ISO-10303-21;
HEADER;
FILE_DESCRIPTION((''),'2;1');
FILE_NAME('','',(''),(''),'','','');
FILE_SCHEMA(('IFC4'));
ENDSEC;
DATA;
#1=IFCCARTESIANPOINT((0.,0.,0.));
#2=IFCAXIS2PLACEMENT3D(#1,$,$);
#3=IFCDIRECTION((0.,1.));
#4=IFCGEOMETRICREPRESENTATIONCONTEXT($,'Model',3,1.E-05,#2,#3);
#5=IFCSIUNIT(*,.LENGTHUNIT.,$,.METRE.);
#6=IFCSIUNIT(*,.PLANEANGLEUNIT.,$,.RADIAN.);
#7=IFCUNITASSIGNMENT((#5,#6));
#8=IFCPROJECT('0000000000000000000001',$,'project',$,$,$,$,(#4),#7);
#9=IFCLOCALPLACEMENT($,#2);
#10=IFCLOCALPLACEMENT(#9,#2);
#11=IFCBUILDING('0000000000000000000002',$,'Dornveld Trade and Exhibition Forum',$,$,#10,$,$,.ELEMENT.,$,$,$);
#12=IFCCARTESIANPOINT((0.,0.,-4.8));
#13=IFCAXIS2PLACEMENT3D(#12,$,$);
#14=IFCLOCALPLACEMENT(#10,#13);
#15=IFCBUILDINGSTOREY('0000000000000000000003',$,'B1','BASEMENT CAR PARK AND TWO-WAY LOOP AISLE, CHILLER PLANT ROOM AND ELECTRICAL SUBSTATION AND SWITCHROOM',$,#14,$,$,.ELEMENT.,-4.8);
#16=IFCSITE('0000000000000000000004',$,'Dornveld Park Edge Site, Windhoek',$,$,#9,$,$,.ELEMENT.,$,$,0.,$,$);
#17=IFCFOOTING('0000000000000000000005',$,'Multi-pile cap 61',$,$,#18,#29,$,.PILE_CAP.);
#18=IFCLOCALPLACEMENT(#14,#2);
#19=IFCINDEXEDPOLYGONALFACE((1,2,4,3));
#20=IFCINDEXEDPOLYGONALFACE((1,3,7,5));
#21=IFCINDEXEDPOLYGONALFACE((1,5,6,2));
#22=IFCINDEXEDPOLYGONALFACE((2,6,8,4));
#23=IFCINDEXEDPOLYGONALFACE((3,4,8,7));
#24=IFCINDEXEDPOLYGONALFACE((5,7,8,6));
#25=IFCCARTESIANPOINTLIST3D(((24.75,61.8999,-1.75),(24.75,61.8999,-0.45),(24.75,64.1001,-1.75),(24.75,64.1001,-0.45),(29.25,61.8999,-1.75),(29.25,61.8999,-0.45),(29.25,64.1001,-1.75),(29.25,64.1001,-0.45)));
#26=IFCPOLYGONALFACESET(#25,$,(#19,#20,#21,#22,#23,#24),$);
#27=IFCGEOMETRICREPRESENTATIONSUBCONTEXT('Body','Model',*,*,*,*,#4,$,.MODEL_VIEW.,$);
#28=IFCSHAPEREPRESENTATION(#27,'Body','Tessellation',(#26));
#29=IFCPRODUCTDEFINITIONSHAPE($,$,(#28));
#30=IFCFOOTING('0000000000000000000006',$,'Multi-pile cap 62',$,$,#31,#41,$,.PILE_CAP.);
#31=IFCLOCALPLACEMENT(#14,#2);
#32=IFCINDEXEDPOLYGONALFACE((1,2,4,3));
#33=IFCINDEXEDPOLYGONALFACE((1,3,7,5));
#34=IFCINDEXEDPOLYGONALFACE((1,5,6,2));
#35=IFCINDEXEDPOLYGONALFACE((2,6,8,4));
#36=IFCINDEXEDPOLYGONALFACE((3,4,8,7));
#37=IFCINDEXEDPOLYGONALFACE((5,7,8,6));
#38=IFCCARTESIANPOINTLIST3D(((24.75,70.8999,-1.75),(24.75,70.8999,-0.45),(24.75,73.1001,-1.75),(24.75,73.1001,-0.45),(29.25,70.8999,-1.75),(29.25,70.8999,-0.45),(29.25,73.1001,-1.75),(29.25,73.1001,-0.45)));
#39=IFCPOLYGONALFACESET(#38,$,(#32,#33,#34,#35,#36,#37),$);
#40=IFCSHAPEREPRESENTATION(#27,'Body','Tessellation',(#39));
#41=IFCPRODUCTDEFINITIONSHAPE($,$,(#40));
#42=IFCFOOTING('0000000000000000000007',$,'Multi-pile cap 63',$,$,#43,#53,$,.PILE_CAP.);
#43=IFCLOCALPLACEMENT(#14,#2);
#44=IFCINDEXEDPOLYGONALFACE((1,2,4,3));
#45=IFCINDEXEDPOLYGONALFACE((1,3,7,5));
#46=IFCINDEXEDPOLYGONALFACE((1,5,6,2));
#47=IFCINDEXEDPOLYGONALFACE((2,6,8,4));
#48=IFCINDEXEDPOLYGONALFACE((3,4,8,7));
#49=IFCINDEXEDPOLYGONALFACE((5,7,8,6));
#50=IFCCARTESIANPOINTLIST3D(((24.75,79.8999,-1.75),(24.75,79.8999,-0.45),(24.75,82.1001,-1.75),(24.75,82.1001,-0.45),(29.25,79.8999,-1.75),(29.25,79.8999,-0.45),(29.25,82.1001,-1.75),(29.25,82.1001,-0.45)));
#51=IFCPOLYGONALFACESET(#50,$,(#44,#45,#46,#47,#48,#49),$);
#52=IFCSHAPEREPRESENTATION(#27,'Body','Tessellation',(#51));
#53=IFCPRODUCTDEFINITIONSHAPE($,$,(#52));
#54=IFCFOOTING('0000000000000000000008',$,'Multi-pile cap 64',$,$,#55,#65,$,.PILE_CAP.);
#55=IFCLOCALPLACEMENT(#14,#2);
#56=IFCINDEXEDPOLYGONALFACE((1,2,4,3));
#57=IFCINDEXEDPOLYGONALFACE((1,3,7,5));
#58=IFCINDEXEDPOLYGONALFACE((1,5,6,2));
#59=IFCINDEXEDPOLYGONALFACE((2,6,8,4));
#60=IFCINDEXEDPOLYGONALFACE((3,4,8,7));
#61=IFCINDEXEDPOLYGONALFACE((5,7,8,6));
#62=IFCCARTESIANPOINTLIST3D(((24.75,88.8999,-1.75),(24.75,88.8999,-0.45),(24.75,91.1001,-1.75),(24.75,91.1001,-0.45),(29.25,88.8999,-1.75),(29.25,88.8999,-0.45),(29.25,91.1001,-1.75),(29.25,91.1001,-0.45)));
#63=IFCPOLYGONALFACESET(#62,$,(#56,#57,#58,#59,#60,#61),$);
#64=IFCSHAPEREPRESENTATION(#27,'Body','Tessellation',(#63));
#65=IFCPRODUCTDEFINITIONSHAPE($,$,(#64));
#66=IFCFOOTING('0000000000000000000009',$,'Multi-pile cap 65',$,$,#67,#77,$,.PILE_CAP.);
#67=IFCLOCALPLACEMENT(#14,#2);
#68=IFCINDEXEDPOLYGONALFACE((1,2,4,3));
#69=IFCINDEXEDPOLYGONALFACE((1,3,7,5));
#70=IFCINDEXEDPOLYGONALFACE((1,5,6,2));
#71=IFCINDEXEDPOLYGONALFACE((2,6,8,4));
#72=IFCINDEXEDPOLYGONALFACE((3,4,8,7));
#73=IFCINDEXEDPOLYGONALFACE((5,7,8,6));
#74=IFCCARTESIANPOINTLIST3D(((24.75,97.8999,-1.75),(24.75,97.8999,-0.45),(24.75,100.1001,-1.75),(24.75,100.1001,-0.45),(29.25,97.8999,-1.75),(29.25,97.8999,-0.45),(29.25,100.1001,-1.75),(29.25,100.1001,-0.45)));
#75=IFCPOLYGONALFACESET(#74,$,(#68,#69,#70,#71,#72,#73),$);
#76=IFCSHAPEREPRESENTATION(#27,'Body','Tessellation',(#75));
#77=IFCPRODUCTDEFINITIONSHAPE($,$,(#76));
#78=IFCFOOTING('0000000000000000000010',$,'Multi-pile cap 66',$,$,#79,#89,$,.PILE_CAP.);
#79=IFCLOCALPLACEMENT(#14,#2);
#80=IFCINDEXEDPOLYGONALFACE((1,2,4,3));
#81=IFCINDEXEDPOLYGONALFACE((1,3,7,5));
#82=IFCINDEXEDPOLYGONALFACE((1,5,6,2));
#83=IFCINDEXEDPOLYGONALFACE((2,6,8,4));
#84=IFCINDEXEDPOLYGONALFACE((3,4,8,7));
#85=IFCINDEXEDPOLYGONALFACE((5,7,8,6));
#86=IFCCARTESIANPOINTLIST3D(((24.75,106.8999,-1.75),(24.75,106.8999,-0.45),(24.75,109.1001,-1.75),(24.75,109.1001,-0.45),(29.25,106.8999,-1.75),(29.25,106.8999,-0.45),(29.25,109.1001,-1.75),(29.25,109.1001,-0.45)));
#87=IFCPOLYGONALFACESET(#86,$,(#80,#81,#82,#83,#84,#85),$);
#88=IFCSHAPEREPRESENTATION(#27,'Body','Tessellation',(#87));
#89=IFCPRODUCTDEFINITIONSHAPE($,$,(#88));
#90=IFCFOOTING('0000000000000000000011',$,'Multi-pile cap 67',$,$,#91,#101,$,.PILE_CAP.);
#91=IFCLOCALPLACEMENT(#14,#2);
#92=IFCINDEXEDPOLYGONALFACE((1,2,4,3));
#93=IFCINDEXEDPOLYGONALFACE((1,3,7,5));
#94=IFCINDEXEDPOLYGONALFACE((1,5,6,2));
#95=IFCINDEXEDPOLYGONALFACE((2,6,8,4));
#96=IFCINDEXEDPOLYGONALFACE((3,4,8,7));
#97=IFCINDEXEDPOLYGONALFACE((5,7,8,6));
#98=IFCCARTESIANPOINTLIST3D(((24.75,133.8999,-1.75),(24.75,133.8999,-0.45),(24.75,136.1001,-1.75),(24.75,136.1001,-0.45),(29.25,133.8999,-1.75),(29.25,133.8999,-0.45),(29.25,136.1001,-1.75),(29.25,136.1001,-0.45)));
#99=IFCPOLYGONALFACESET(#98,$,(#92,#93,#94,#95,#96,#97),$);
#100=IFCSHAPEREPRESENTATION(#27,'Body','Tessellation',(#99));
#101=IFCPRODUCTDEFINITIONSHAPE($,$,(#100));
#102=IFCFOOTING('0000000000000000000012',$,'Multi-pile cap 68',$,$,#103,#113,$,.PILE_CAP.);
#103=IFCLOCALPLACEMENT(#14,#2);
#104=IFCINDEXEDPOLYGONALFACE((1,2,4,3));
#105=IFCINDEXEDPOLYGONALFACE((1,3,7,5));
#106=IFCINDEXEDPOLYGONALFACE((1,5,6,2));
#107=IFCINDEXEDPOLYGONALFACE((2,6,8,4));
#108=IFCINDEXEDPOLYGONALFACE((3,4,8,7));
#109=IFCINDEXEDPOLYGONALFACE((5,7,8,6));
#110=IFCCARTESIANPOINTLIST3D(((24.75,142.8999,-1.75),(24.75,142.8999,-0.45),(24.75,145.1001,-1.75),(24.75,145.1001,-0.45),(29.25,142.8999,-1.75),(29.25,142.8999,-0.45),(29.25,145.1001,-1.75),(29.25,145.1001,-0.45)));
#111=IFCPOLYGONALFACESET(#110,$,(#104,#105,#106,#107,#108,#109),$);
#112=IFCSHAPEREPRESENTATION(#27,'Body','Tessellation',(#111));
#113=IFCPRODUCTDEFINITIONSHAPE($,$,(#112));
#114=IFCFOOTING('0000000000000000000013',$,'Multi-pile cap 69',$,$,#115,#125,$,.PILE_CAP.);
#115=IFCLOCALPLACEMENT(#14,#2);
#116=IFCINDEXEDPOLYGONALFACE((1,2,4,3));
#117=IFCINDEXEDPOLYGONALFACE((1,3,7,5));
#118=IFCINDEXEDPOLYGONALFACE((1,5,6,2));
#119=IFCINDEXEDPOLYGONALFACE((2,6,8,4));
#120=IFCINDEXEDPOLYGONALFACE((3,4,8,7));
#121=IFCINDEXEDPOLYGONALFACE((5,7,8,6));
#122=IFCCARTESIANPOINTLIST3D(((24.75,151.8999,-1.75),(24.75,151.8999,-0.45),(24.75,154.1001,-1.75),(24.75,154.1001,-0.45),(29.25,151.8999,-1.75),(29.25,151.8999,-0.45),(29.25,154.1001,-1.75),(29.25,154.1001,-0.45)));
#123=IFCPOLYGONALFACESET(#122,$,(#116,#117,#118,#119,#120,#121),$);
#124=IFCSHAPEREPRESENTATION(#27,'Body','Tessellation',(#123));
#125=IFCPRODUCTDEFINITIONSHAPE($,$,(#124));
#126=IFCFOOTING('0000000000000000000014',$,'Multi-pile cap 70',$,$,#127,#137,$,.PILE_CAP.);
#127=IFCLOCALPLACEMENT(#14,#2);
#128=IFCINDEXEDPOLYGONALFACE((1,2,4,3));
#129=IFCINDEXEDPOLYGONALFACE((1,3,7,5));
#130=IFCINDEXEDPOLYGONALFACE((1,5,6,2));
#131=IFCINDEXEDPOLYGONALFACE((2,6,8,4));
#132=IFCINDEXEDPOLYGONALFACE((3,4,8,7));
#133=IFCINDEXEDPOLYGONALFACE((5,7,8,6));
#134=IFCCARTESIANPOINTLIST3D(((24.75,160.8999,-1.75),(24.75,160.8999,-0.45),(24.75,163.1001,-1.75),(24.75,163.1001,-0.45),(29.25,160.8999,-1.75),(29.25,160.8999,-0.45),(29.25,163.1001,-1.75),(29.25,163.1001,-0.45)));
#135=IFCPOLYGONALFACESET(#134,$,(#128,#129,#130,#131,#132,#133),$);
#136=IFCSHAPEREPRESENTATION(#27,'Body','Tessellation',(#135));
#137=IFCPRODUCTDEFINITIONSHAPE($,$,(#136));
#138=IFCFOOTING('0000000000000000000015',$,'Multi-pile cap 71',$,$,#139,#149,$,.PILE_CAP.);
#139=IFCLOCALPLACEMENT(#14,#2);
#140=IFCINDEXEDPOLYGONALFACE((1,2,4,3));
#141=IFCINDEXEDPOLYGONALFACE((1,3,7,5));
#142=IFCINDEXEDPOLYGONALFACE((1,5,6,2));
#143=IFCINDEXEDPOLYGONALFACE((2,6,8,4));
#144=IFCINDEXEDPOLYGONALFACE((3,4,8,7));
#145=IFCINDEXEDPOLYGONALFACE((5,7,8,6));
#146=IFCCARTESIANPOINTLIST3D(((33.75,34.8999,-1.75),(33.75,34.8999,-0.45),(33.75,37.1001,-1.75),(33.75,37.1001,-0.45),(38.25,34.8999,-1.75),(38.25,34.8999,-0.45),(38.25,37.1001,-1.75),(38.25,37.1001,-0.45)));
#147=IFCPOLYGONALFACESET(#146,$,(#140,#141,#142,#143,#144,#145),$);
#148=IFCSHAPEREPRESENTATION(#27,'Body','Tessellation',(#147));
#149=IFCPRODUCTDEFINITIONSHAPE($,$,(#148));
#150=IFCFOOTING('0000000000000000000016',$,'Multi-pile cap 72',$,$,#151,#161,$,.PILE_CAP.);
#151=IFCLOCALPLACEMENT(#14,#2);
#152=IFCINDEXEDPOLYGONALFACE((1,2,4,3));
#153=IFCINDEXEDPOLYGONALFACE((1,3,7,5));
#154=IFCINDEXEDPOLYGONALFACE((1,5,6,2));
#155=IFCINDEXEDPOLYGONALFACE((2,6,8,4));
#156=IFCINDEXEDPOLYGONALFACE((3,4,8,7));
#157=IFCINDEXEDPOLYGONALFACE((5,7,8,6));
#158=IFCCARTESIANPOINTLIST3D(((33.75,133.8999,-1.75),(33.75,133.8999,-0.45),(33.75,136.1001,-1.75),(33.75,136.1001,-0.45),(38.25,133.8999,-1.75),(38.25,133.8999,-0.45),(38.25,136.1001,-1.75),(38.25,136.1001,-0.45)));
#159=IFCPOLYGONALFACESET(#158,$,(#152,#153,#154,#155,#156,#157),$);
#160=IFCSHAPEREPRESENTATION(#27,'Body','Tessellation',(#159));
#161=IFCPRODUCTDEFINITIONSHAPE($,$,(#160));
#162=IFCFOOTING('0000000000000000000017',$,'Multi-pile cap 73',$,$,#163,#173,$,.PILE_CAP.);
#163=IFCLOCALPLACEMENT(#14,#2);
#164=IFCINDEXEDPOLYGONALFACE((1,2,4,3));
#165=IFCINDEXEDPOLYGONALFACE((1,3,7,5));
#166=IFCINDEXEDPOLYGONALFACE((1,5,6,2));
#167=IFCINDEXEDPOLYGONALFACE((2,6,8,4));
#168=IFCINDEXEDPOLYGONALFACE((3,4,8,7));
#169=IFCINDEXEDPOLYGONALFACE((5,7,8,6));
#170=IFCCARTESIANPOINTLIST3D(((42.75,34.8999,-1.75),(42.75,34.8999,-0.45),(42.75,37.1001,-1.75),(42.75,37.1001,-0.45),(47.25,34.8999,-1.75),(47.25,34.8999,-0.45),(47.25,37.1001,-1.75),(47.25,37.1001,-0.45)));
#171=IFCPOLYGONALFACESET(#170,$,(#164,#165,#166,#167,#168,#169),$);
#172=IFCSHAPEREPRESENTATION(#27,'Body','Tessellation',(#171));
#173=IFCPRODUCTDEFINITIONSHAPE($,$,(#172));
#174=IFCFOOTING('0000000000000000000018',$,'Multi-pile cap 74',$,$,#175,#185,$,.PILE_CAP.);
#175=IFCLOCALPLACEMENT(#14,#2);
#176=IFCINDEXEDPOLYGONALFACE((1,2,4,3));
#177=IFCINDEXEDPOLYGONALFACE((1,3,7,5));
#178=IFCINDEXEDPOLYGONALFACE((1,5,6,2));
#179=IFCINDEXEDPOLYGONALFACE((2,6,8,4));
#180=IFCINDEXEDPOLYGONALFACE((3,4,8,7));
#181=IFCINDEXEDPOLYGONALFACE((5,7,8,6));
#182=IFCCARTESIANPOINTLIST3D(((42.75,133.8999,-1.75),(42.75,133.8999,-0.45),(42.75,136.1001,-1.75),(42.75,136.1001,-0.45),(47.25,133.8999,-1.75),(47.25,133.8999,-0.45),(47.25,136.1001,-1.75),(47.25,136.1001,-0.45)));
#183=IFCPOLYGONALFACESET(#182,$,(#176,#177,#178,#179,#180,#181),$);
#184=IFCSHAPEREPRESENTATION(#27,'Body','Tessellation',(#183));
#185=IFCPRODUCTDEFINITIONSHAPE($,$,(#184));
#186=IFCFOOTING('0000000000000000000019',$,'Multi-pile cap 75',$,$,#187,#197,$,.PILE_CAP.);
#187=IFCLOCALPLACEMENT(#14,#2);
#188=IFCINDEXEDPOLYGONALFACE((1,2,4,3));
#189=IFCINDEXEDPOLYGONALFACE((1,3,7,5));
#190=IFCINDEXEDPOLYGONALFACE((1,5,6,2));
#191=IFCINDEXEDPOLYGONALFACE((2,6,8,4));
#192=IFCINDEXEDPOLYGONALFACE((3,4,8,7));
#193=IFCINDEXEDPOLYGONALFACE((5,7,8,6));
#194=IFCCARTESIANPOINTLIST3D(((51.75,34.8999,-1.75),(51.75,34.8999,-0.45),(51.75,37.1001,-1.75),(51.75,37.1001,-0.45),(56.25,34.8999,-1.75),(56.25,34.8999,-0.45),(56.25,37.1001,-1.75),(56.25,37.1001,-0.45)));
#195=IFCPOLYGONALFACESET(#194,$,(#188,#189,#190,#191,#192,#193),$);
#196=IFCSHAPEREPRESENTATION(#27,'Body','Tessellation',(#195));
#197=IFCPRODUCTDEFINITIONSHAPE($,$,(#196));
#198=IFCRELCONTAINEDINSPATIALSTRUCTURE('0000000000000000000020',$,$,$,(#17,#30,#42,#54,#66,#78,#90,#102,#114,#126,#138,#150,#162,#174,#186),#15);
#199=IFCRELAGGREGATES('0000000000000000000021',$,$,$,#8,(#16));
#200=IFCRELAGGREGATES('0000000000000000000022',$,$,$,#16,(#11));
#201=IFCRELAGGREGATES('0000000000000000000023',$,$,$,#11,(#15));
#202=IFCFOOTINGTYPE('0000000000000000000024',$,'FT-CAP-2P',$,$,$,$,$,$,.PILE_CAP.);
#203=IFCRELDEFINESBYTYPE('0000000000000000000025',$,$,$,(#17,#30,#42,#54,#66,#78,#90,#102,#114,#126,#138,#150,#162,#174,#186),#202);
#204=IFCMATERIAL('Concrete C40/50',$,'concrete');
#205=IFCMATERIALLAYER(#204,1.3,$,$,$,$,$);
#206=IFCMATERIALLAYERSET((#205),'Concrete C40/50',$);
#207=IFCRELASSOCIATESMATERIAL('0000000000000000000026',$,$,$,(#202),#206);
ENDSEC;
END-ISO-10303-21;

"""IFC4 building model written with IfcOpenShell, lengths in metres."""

from ifc_helpers import new_model, si_unit, direction, frame, origin, place, context, subcontext, project, spatial, polyline, outline, extrude, material, layer, layer_set, type_object, element, save


model = new_model("IFC4")

# Units and contexts
model_context = context("Model", 3, precision=1e-05, world=origin(), true_north=direction((0.0, 1.0)))
body_context = subcontext(model_context, "Body", "Model", "MODEL_VIEW")
ifc_project = project(units=[si_unit("LENGTHUNIT", "METRE"), si_unit("PLANEANGLEUNIT", "RADIAN")], contexts=[model_context])

# Site, building, storey
site_placement = place(None, origin())
site = spatial("IfcSite", under=ifc_project, at=site_placement, Name="Dornveld Park Edge Site, Windhoek", CompositionType="ELEMENT", RefElevation=0.0)
building_placement = place(site_placement, origin())
building = spatial("IfcBuilding", under=site, at=building_placement, Name="Dornveld Trade and Exhibition Forum", CompositionType="ELEMENT")
storey_placement = place(building_placement, frame((0.0, 0.0, -4.8)))
storey = spatial("IfcBuildingStorey", under=building, at=storey_placement, Name="B1", Description="BASEMENT CAR PARK AND TWO-WAY LOOP AISLE, CHILLER PLANT ROOM AND ELECTRICAL SUBSTATION AND SWITCHROOM", CompositionType="ELEMENT", Elevation=-4.8)

# Footings
ifc_material = material(Name="Concrete C40/50", Category="concrete")
ifc_layer = layer(ifc_material, 1.3)
ifc_layer_set = layer_set([ifc_layer], Name="Concrete C40/50")
footing_type = type_object("IfcFootingType", Name="FT-CAP-2P", PredefinedType="PILE_CAP", material=ifc_layer_set)
footing_1_placement = place(storey_placement, frame((0.0, 0.0, -1.75)))
element("IfcFooting", 1, at=footing_1_placement, inside=storey, type_object=footing_type, Name="Multi-pile cap 61", PredefinedType="PILE_CAP", context=body_context, shape_type="SweptSolid", body=[
    extrude(outline(polyline([(24.75, 61.8999), (29.25, 61.8999), (29.25, 64.1001), (24.75, 64.1001), (24.75, 61.8999)])), origin(), (0.0, 0.0, 1.0), 1.3),
])
footing_2_placement = place(storey_placement, frame((0.0, 0.0, -1.75)))
element("IfcFooting", 2, at=footing_2_placement, inside=storey, type_object=footing_type, Name="Multi-pile cap 62", PredefinedType="PILE_CAP", context=body_context, shape_type="SweptSolid", body=[
    extrude(outline(polyline([(24.75, 70.8999), (29.25, 70.8999), (29.25, 73.1001), (24.75, 73.1001), (24.75, 70.8999)])), origin(), (0.0, 0.0, 1.0), 1.3),
])
footing_3_placement = place(storey_placement, frame((0.0, 0.0, -1.75)))
element("IfcFooting", 3, at=footing_3_placement, inside=storey, type_object=footing_type, Name="Multi-pile cap 63", PredefinedType="PILE_CAP", context=body_context, shape_type="SweptSolid", body=[
    extrude(outline(polyline([(24.75, 79.8999), (29.25, 79.8999), (29.25, 82.1001), (24.75, 82.1001), (24.75, 79.8999)])), origin(), (0.0, 0.0, 1.0), 1.3),
])
footing_4_placement = place(storey_placement, frame((0.0, 0.0, -1.75)))
element("IfcFooting", 4, at=footing_4_placement, inside=storey, type_object=footing_type, Name="Multi-pile cap 64", PredefinedType="PILE_CAP", context=body_context, shape_type="SweptSolid", body=[
    extrude(outline(polyline([(24.75, 88.8999), (29.25, 88.8999), (29.25, 91.1001), (24.75, 91.1001), (24.75, 88.8999)])), origin(), (0.0, 0.0, 1.0), 1.3),
])
footing_5_placement = place(storey_placement, frame((0.0, 0.0, -1.75)))
element("IfcFooting", 5, at=footing_5_placement, inside=storey, type_object=footing_type, Name="Multi-pile cap 65", PredefinedType="PILE_CAP", context=body_context, shape_type="SweptSolid", body=[
    extrude(outline(polyline([(24.75, 97.8999), (29.25, 97.8999), (29.25, 100.1001), (24.75, 100.1001), (24.75, 97.8999)])), origin(), (0.0, 0.0, 1.0), 1.3),
])
footing_6_placement = place(storey_placement, frame((0.0, 0.0, -1.75)))
element("IfcFooting", 6, at=footing_6_placement, inside=storey, type_object=footing_type, Name="Multi-pile cap 66", PredefinedType="PILE_CAP", context=body_context, shape_type="SweptSolid", body=[
    extrude(outline(polyline([(24.75, 106.8999), (29.25, 106.8999), (29.25, 109.1001), (24.75, 109.1001), (24.75, 106.8999)])), origin(), (0.0, 0.0, 1.0), 1.3),
])
footing_7_placement = place(storey_placement, frame((0.0, 0.0, -1.75)))
element("IfcFooting", 7, at=footing_7_placement, inside=storey, type_object=footing_type, Name="Multi-pile cap 67", PredefinedType="PILE_CAP", context=body_context, shape_type="SweptSolid", body=[
    extrude(outline(polyline([(24.75, 133.8999), (29.25, 133.8999), (29.25, 136.1001), (24.75, 136.1001), (24.75, 133.8999)])), origin(), (0.0, 0.0, 1.0), 1.3),
])
footing_8_placement = place(storey_placement, frame((0.0, 0.0, -1.75)))
element("IfcFooting", 8, at=footing_8_placement, inside=storey, type_object=footing_type, Name="Multi-pile cap 68", PredefinedType="PILE_CAP", context=body_context, shape_type="SweptSolid", body=[
    extrude(outline(polyline([(24.75, 142.8999), (29.25, 142.8999), (29.25, 145.1001), (24.75, 145.1001), (24.75, 142.8999)])), origin(), (0.0, 0.0, 1.0), 1.3),
])
footing_9_placement = place(storey_placement, frame((0.0, 0.0, -1.75)))
element("IfcFooting", 9, at=footing_9_placement, inside=storey, type_object=footing_type, Name="Multi-pile cap 69", PredefinedType="PILE_CAP", context=body_context, shape_type="SweptSolid", body=[
    extrude(outline(polyline([(24.75, 151.8999), (29.25, 151.8999), (29.25, 154.1001), (24.75, 154.1001), (24.75, 151.8999)])), origin(), (0.0, 0.0, 1.0), 1.3),
])
footing_10_placement = place(storey_placement, frame((0.0, 0.0, -1.75)))
element("IfcFooting", 10, at=footing_10_placement, inside=storey, type_object=footing_type, Name="Multi-pile cap 70", PredefinedType="PILE_CAP", context=body_context, shape_type="SweptSolid", body=[
    extrude(outline(polyline([(24.75, 160.8999), (29.25, 160.8999), (29.25, 163.1001), (24.75, 163.1001), (24.75, 160.8999)])), origin(), (0.0, 0.0, 1.0), 1.3),
])
footing_11_placement = place(storey_placement, frame((0.0, 0.0, -1.75)))
element("IfcFooting", 11, at=footing_11_placement, inside=storey, type_object=footing_type, Name="Multi-pile cap 71", PredefinedType="PILE_CAP", context=body_context, shape_type="SweptSolid", body=[
    extrude(outline(polyline([(33.75, 34.8999), (38.25, 34.8999), (38.25, 37.1001), (33.75, 37.1001), (33.75, 34.8999)])), origin(), (0.0, 0.0, 1.0), 1.3),
])
footing_12_placement = place(storey_placement, frame((0.0, 0.0, -1.75)))
element("IfcFooting", 12, at=footing_12_placement, inside=storey, type_object=footing_type, Name="Multi-pile cap 72", PredefinedType="PILE_CAP", context=body_context, shape_type="SweptSolid", body=[
    extrude(outline(polyline([(33.75, 133.8999), (38.25, 133.8999), (38.25, 136.1001), (33.75, 136.1001), (33.75, 133.8999)])), origin(), (0.0, 0.0, 1.0), 1.3),
])
footing_13_placement = place(storey_placement, frame((0.0, 0.0, -1.75)))
element("IfcFooting", 13, at=footing_13_placement, inside=storey, type_object=footing_type, Name="Multi-pile cap 73", PredefinedType="PILE_CAP", context=body_context, shape_type="SweptSolid", body=[
    extrude(outline(polyline([(42.75, 34.8999), (47.25, 34.8999), (47.25, 37.1001), (42.75, 37.1001), (42.75, 34.8999)])), origin(), (0.0, 0.0, 1.0), 1.3),
])
footing_14_placement = place(storey_placement, frame((0.0, 0.0, -1.75)))
element("IfcFooting", 14, at=footing_14_placement, inside=storey, type_object=footing_type, Name="Multi-pile cap 74", PredefinedType="PILE_CAP", context=body_context, shape_type="SweptSolid", body=[
    extrude(outline(polyline([(42.75, 133.8999), (47.25, 133.8999), (47.25, 136.1001), (42.75, 136.1001), (42.75, 133.8999)])), origin(), (0.0, 0.0, 1.0), 1.3),
])
footing_15_placement = place(storey_placement, frame((0.0, 0.0, -1.75)))
element("IfcFooting", 15, at=footing_15_placement, inside=storey, type_object=footing_type, Name="Multi-pile cap 75", PredefinedType="PILE_CAP", context=body_context, shape_type="SweptSolid", body=[
    extrude(outline(polyline([(51.75, 34.8999), (56.25, 34.8999), (56.25, 37.1001), (51.75, 37.1001), (51.75, 34.8999)])), origin(), (0.0, 0.0, 1.0), 1.3),
])

save(model, "model.ifc")
